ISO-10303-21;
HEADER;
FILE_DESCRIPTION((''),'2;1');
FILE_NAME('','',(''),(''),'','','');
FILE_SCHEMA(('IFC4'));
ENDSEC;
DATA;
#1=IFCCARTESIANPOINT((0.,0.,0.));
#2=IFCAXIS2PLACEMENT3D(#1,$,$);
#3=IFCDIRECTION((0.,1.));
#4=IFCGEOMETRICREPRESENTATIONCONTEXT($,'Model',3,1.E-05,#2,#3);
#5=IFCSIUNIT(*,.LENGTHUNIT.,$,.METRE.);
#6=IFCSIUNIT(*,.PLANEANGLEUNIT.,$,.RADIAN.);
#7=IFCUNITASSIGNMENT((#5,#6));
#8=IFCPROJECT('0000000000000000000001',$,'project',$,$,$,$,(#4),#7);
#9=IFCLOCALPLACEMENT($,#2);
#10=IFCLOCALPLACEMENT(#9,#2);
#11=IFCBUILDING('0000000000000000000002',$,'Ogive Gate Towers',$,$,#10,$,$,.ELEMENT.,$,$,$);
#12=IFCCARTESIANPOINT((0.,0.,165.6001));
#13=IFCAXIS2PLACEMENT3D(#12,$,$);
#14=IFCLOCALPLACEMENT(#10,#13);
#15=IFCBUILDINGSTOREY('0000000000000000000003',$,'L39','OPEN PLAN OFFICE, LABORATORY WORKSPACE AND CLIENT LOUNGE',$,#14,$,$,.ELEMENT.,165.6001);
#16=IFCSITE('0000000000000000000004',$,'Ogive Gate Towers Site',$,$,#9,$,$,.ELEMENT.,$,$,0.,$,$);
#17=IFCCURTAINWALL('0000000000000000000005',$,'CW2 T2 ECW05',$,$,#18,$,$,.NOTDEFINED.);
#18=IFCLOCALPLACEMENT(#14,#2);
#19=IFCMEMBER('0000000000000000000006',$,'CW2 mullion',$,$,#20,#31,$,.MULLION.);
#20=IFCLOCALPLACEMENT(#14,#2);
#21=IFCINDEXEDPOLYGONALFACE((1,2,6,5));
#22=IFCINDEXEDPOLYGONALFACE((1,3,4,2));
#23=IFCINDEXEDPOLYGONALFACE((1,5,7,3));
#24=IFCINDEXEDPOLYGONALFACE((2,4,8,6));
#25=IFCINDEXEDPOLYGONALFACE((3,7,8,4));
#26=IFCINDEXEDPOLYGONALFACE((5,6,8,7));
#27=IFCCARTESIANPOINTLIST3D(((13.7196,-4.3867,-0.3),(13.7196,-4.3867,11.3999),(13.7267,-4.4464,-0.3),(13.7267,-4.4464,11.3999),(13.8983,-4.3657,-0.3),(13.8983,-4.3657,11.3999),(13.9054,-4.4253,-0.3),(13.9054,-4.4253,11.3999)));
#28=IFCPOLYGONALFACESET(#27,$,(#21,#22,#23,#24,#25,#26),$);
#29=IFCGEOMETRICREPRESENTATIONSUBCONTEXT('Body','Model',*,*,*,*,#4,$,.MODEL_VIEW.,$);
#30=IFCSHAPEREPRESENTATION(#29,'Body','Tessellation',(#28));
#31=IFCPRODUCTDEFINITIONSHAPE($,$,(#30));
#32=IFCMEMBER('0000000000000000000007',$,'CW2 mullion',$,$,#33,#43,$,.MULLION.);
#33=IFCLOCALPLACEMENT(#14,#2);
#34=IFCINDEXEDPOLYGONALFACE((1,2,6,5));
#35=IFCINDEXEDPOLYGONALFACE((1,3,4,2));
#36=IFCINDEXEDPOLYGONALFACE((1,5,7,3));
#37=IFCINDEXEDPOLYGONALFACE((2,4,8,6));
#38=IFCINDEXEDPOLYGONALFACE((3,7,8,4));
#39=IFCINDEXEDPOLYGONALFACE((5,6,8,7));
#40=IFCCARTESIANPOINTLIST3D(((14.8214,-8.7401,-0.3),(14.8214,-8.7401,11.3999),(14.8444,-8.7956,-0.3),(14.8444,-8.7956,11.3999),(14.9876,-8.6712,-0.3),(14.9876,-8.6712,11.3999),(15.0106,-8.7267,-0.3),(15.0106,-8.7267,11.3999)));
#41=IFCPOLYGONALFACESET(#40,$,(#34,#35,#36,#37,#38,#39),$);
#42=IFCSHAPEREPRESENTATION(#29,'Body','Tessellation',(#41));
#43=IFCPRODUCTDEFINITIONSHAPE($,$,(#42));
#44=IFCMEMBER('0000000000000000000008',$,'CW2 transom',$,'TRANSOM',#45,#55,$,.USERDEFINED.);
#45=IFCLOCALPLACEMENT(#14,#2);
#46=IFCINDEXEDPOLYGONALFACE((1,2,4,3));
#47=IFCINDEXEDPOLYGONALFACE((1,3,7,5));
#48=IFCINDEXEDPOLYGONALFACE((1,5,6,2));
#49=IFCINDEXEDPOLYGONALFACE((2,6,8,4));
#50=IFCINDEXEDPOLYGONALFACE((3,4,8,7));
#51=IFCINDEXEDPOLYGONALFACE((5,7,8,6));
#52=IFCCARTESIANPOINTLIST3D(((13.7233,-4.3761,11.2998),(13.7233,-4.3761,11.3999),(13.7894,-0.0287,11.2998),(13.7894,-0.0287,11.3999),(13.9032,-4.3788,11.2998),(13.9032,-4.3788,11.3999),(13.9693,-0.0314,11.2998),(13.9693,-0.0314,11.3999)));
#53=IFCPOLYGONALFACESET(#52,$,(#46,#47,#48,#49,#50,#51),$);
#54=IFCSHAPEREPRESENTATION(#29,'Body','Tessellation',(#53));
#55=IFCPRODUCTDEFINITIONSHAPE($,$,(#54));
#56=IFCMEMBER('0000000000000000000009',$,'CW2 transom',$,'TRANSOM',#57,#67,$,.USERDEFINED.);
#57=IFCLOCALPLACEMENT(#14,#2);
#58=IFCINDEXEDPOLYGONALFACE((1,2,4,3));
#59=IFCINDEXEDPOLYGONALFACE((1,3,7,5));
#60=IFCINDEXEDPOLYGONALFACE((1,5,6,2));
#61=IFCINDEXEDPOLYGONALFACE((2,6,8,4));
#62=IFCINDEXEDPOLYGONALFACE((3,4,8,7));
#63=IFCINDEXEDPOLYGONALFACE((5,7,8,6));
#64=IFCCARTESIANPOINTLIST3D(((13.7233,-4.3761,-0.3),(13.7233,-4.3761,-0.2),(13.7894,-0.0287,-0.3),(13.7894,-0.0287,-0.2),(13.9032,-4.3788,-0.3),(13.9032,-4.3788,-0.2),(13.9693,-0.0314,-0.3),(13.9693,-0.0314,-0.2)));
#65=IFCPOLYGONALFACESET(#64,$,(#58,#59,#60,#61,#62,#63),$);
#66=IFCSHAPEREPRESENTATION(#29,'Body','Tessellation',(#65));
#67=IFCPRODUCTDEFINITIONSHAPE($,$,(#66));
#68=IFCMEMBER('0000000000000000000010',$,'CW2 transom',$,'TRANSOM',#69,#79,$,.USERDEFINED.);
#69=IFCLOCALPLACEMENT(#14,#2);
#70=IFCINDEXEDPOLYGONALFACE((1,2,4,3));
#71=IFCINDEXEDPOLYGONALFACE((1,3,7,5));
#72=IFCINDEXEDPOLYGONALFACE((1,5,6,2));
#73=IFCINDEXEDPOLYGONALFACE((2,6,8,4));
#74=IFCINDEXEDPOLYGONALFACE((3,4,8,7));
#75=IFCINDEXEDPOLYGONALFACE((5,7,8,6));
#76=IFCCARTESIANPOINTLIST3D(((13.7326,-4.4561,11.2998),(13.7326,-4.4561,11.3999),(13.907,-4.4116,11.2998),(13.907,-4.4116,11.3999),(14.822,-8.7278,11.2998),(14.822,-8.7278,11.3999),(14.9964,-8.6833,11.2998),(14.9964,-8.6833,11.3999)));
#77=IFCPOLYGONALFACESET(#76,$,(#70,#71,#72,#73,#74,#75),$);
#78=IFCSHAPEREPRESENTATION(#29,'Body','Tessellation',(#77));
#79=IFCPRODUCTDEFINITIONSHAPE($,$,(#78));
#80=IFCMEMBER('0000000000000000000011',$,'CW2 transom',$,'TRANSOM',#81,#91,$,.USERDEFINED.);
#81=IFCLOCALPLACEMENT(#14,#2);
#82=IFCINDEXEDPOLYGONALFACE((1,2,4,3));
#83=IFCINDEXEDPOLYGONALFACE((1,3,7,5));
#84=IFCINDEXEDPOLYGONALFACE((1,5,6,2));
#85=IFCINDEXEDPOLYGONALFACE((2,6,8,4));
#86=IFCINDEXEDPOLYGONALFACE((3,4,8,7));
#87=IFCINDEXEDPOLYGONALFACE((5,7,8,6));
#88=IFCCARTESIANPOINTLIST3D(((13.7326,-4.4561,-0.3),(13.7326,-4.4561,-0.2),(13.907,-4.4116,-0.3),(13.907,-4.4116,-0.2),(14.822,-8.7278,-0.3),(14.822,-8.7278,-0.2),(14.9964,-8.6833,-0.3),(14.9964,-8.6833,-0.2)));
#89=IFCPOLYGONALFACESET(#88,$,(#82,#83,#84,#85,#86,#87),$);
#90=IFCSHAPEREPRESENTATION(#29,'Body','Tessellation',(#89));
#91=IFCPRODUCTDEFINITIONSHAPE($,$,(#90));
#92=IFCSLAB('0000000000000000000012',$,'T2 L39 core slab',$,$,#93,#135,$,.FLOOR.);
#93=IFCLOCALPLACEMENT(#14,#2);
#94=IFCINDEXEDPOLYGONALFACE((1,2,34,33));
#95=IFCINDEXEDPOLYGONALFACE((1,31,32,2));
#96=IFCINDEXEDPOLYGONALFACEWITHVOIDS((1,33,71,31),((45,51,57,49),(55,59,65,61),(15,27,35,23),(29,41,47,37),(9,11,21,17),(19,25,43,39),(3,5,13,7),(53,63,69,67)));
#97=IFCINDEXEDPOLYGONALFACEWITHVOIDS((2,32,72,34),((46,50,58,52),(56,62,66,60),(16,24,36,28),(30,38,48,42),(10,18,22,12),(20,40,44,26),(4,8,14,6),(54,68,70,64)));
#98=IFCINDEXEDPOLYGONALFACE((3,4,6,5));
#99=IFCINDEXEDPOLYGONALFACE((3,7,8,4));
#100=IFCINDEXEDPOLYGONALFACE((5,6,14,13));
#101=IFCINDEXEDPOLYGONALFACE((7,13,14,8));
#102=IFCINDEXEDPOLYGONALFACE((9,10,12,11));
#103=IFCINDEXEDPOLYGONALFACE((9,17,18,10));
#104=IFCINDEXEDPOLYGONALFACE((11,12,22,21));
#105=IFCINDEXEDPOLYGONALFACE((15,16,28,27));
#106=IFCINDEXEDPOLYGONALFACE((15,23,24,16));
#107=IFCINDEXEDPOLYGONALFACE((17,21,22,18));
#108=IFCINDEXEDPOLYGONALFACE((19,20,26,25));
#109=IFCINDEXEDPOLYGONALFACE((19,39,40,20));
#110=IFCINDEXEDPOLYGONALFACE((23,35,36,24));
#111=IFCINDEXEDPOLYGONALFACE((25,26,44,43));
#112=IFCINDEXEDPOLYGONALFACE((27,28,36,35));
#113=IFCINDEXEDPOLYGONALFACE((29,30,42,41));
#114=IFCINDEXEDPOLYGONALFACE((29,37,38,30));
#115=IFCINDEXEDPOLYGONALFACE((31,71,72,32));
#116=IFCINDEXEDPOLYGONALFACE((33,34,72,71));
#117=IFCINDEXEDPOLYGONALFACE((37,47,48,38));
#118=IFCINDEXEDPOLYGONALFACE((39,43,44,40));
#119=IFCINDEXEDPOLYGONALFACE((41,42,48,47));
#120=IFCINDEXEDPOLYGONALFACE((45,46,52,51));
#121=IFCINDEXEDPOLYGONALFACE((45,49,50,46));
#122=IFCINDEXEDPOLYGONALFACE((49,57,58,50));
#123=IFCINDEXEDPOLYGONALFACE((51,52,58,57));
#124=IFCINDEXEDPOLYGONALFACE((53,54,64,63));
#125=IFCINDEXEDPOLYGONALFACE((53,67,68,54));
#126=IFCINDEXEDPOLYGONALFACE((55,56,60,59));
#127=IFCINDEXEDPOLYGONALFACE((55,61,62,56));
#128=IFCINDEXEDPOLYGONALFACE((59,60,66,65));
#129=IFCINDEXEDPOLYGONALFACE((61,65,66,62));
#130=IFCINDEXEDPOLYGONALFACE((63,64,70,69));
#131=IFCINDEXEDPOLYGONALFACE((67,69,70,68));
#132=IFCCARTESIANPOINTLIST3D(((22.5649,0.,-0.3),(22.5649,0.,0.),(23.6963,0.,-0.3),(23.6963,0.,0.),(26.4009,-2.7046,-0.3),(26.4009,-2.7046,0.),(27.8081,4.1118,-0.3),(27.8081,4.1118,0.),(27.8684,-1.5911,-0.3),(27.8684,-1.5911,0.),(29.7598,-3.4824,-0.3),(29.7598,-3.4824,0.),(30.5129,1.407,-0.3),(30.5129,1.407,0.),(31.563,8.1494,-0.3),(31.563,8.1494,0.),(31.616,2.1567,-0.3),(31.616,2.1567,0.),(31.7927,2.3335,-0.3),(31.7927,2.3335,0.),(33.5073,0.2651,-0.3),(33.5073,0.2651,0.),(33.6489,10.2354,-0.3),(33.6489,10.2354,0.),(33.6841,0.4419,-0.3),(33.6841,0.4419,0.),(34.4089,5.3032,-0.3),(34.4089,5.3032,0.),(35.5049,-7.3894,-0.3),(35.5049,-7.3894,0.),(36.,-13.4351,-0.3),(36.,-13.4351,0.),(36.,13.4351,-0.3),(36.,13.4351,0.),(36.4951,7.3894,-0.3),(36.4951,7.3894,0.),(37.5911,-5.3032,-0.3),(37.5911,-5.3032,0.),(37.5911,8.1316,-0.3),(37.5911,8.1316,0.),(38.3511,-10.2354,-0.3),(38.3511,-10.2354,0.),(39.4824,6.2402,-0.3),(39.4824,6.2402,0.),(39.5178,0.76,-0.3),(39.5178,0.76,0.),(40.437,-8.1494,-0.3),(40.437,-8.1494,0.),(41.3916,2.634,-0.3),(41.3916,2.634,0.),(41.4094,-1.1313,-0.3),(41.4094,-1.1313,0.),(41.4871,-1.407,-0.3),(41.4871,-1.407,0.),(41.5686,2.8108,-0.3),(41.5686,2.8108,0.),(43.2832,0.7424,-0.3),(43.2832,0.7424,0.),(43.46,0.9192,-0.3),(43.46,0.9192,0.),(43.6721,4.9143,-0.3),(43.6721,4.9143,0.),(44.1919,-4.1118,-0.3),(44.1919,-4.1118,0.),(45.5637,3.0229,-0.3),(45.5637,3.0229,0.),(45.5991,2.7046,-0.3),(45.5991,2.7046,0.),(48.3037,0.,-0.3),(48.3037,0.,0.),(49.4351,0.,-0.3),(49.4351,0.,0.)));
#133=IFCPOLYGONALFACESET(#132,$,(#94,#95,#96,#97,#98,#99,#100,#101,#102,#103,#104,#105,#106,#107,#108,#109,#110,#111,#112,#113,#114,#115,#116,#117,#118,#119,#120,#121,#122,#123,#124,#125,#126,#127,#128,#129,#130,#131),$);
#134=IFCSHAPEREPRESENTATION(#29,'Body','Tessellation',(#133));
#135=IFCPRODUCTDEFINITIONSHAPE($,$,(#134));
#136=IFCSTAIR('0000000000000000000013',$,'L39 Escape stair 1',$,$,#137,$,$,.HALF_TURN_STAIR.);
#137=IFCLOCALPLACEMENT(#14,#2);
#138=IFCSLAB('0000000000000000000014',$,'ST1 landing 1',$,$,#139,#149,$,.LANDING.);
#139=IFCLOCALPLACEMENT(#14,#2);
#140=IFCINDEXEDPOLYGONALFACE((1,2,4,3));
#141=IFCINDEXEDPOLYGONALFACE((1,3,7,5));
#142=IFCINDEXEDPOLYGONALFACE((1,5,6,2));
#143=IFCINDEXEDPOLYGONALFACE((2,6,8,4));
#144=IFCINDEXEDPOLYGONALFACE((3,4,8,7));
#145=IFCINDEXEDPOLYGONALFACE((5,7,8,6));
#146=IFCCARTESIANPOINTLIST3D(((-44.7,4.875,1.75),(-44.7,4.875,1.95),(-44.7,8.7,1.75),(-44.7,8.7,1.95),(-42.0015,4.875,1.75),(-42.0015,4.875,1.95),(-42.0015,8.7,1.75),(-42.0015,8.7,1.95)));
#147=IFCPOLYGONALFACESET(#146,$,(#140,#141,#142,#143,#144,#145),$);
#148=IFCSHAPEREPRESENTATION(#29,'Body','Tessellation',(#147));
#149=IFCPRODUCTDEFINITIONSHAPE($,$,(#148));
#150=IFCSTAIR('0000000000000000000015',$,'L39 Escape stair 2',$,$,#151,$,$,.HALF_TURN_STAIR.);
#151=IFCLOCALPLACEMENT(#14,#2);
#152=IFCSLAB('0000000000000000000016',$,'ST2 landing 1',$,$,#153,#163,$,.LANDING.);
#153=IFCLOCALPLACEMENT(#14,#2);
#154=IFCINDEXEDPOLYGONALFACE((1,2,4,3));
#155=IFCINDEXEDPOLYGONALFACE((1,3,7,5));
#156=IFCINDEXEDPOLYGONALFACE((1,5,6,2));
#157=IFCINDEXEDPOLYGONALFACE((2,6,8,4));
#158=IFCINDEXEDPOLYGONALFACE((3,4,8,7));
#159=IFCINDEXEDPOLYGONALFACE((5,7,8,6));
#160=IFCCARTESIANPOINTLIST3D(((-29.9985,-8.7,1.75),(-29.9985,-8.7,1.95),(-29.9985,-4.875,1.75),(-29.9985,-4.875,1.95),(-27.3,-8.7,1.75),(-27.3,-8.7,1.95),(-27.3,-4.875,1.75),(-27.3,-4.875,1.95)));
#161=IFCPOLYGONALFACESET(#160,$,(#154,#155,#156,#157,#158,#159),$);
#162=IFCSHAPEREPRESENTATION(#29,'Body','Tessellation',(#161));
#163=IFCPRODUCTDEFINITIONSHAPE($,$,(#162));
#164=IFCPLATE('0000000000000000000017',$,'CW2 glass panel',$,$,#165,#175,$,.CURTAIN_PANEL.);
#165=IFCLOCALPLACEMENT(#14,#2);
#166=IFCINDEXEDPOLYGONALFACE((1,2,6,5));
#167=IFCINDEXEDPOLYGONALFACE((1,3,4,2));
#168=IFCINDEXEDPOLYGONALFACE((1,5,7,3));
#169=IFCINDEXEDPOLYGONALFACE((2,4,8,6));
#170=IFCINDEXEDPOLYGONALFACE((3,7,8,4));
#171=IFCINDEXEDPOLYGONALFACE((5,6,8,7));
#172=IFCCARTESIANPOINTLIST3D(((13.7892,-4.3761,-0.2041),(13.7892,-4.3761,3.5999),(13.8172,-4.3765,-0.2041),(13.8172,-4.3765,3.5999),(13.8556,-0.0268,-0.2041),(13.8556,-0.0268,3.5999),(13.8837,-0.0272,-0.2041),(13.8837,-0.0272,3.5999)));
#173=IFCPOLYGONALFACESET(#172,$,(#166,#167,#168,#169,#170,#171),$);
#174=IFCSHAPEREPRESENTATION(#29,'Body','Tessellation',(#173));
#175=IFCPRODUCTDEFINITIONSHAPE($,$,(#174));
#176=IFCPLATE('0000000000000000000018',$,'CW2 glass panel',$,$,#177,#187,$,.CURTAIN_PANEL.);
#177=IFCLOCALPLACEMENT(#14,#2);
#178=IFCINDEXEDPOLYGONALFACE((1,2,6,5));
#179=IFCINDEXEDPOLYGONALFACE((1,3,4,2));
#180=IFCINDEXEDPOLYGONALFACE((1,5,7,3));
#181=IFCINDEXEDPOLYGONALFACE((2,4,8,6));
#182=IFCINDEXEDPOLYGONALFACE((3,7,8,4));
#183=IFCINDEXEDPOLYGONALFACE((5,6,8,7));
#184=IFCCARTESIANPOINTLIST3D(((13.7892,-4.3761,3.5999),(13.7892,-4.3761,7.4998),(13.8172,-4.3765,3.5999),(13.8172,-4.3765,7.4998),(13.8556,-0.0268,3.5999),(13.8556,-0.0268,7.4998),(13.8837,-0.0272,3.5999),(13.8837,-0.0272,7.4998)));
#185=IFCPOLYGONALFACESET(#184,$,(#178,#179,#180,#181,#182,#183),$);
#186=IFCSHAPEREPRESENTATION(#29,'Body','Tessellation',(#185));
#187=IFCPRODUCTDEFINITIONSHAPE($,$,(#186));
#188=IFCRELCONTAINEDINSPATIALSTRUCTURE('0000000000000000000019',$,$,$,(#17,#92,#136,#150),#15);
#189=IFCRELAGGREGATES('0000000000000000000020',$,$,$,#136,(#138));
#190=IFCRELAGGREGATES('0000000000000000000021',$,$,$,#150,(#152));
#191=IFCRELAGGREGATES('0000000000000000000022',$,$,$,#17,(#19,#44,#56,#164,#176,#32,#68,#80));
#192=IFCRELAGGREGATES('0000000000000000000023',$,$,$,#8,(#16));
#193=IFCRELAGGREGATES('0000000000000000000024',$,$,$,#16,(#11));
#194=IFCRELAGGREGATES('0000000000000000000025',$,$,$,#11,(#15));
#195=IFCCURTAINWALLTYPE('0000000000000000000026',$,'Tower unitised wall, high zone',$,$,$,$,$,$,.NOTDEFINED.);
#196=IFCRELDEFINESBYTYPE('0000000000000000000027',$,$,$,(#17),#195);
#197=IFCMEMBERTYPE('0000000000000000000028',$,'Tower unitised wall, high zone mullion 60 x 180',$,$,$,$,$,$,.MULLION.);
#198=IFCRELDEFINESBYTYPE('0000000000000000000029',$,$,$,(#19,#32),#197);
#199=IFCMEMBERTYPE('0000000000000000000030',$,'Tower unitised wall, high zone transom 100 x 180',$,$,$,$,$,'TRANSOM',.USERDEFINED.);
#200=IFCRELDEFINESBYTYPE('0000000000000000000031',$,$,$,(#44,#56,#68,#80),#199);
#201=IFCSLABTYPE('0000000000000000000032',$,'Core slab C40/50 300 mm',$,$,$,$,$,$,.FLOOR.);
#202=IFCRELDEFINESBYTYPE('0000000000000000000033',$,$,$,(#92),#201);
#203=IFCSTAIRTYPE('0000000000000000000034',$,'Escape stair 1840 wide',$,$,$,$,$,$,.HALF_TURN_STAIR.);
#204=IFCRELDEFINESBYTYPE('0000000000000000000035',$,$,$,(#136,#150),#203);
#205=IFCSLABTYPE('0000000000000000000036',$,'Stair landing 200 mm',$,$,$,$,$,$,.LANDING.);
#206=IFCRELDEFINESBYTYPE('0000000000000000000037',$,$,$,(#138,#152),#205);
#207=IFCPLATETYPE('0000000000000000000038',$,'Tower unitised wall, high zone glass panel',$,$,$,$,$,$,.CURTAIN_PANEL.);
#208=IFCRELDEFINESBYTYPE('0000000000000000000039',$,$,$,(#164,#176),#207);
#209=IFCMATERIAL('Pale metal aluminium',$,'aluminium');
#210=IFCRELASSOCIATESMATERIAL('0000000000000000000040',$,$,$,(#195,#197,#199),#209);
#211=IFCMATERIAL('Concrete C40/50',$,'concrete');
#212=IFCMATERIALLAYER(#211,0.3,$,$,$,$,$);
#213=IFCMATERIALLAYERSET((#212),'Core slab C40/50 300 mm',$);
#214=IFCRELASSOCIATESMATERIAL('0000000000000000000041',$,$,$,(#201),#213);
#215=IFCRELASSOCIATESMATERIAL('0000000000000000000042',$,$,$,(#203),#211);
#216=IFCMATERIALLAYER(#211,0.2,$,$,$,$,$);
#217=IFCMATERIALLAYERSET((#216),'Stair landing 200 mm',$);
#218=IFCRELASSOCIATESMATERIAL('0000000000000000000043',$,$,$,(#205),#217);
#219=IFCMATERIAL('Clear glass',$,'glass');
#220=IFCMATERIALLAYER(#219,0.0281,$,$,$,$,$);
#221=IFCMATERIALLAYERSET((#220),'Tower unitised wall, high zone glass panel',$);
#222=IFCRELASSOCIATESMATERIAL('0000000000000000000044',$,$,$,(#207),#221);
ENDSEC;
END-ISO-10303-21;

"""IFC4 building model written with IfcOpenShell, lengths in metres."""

from ifc_helpers import new_model, si_unit, direction, frame, origin, origin_2d, place, context, subcontext, project, spatial, polyline, rectangle, outline, extrude, material, layer, layer_set, material_profile, profile_set, type_object, element, aggregate, save


model = new_model("IFC4")

# Units and contexts
model_context = context("Model", 3, precision=1e-05, world=origin(), true_north=direction((0.0, 1.0)))
body_context = subcontext(model_context, "Body", "Model", "MODEL_VIEW")
ifc_project = project(units=[si_unit("LENGTHUNIT", "METRE"), si_unit("PLANEANGLEUNIT", "RADIAN")], contexts=[model_context])

# Site, building, storey
site_placement = place(None, origin())
site = spatial("IfcSite", under=ifc_project, at=site_placement, Name="Ogive Gate Towers Site", CompositionType="ELEMENT", RefElevation=0.0)
building_placement = place(site_placement, origin())
building = spatial("IfcBuilding", under=site, at=building_placement, Name="Ogive Gate Towers", CompositionType="ELEMENT")
storey_placement = place(building_placement, frame((0.0, 0.0, 165.6001)))
storey = spatial("IfcBuildingStorey", under=building, at=storey_placement, Name="L39", Description="OPEN PLAN OFFICE, LABORATORY WORKSPACE AND CLIENT LOUNGE", CompositionType="ELEMENT", Elevation=165.6001)

# Curtain wall, members
ifc_material_1 = material(Name="Pale metal aluminium", Category="aluminium")
curtain_wall_type = type_object("IfcCurtainWallType", Name="Tower unitised wall, high zone", PredefinedType="NOTDEFINED", material=ifc_material_1)
curtain_wall_placement = place(storey_placement, origin())
curtain_wall = element("IfcCurtainWall", 1, at=curtain_wall_placement, inside=storey, type_object=curtain_wall_type, Name="CW2 T2 ECW05", PredefinedType="NOTDEFINED")
ifc_material_profile_1 = material_profile(ifc_material_1, rectangle(XDim=0.1799, YDim=0.0601, at=origin_2d()), Name="60 x 180 aluminium box")
ifc_profile_set_1 = profile_set([ifc_material_profile_1], Name="Pale metal aluminium")
member_type_1 = type_object("IfcMemberType", Name="Tower unitised wall, high zone mullion 60 x 180", PredefinedType="MULLION", material=ifc_profile_set_1)
member_1_placement = place(storey_placement, frame((13.8125, -4.406, -0.3), z_axis=(0.0, 0.0, 1.0), x_axis=(-0.993138, -0.116948, 0.0)))
member_1 = element("IfcMember", 2, at=member_1_placement, type_object=member_type_1, Name="CW2 mullion", PredefinedType="MULLION", context=body_context, shape_type="SweptSolid", body=[
    extrude(rectangle(XDim=0.1799, YDim=0.0601, at=origin_2d()), origin(), (0.0, 0.0, 1.0), 11.7),
])
member_2_placement = place(storey_placement, frame((14.916, -8.7334, -0.3), z_axis=(0.0, 0.0, 1.0), x_axis=(-0.92388, -0.382683, 0.0)))
member_2 = element("IfcMember", 3, at=member_2_placement, type_object=member_type_1, Name="CW2 mullion", PredefinedType="MULLION", context=body_context, shape_type="SweptSolid", body=[
    extrude(rectangle(XDim=0.1799, YDim=0.0601, at=origin_2d()), origin(), (0.0, 0.0, 1.0), 11.7),
])
ifc_material_profile_2 = material_profile(ifc_material_1, rectangle(XDim=0.1799, YDim=0.1001, at=origin_2d()), Name="100 x 180 aluminium box")
ifc_profile_set_2 = profile_set([ifc_material_profile_2], Name="Pale metal aluminium")
member_type_2 = type_object("IfcMemberType", Name="Tower unitised wall, high zone transom 100 x 180", ElementType="TRANSOM", PredefinedType="USERDEFINED", material=ifc_profile_set_2)
member_3_placement = place(storey_placement, frame((13.8794, -0.03, 11.3499), z_axis=(-0.015217, -0.999884, 0.0), x_axis=(0.999884, -0.015217, 0.0)))
member_3 = element("IfcMember", 4, at=member_3_placement, type_object=member_type_2, Name="CW2 transom", ObjectType="TRANSOM", PredefinedType="USERDEFINED", context=body_context, shape_type="SweptSolid", body=[
    extrude(rectangle(XDim=0.1799, YDim=0.1001, at=origin_2d()), origin(), (0.0, 0.0, 1.0), 4.3479),
])
member_4_placement = place(storey_placement, frame((13.8794, -0.03, -0.25), z_axis=(-0.015217, -0.999884, 0.0), x_axis=(0.999884, -0.015217, 0.0)))
member_4 = element("IfcMember", 5, at=member_4_placement, type_object=member_type_2, Name="CW2 transom", ObjectType="TRANSOM", PredefinedType="USERDEFINED", context=body_context, shape_type="SweptSolid", body=[
    extrude(rectangle(XDim=0.1799, YDim=0.1001, at=origin_2d()), origin(), (0.0, 0.0, 1.0), 4.3479),
])
member_5_placement = place(storey_placement, frame((13.8198, -4.4338, 11.3499), z_axis=(0.247107, -0.968988, 0.0), x_axis=(0.968988, 0.247107, 0.0)))
member_5 = element("IfcMember", 6, at=member_5_placement, type_object=member_type_2, Name="CW2 transom", ObjectType="TRANSOM", PredefinedType="USERDEFINED", context=body_context, shape_type="SweptSolid", body=[
    extrude(rectangle(XDim=0.1799, YDim=0.1001, at=origin_2d()), origin(), (0.0, 0.0, 1.0), 4.4084),
])
member_6_placement = place(storey_placement, frame((13.8198, -4.4338, -0.25), z_axis=(0.247107, -0.968988, 0.0), x_axis=(0.968988, 0.247107, 0.0)))
member_6 = element("IfcMember", 7, at=member_6_placement, type_object=member_type_2, Name="CW2 transom", ObjectType="TRANSOM", PredefinedType="USERDEFINED", context=body_context, shape_type="SweptSolid", body=[
    extrude(rectangle(XDim=0.1799, YDim=0.1001, at=origin_2d()), origin(), (0.0, 0.0, 1.0), 4.4084),
])

# Slab
ifc_material_2 = material(Name="Concrete C40/50", Category="concrete")
ifc_layer_1 = layer(ifc_material_2, 0.3)
ifc_layer_set_1 = layer_set([ifc_layer_1], Name="Core slab C40/50 300 mm")
slab_type_1 = type_object("IfcSlabType", Name="Core slab C40/50 300 mm", PredefinedType="FLOOR", material=ifc_layer_set_1)
slab_1_placement = place(storey_placement, frame((0.0, 0.0, -0.3)))
element("IfcSlab", 8, at=slab_1_placement, inside=storey, type_object=slab_type_1, Name="T2 L39 core slab", PredefinedType="FLOOR", context=body_context, shape_type="SweptSolid", body=[
    extrude(outline(polyline([(36.0, -13.4351), (22.5649, 0.0), (36.0, 13.4351), (49.4351, 0.0), (36.0, -13.4351)]), holes=[polyline([(29.7598, -3.4824), (33.5073, 0.2651), (31.616, 2.1567), (27.8684, -1.5911), (29.7598, -3.4824)]), polyline([(31.7927, 2.3335), (33.6841, 0.4419), (39.4824, 6.2402), (37.5911, 8.1316), (31.7927, 2.3335)]), polyline([(41.3916, 2.634), (39.5178, 0.76), (41.4094, -1.1313), (43.2832, 0.7424), (41.3916, 2.634)]), polyline([(45.5637, 3.0229), (43.6721, 4.9143), (41.5686, 2.8108), (43.46, 0.9192), (45.5637, 3.0229)]), polyline([(34.4089, 5.3032), (36.4951, 7.3894), (33.6489, 10.2354), (31.563, 8.1494), (34.4089, 5.3032)]), polyline([(35.5049, -7.3894), (38.3511, -10.2354), (40.437, -8.1494), (37.5911, -5.3032), (35.5049, -7.3894)]), polyline([(26.4009, -2.7046), (30.5129, 1.407), (27.8081, 4.1118), (23.6963, 0.0), (26.4009, -2.7046)]), polyline([(48.3037, 0.0), (45.5991, 2.7046), (41.4871, -1.407), (44.1919, -4.1118), (48.3037, 0.0)])]), origin(), (0.0, 0.0, 1.0), 0.3),
])

# Stairs, slabs
stair_type = type_object("IfcStairType", Name="Escape stair 1840 wide", PredefinedType="HALF_TURN_STAIR", material=ifc_material_2)
stair_1_placement = place(storey_placement, origin())
stair_1 = element("IfcStair", 9, at=stair_1_placement, inside=storey, type_object=stair_type, Name="L39 Escape stair 1", PredefinedType="HALF_TURN_STAIR")
ifc_layer_2 = layer(ifc_material_2, 0.2)
ifc_layer_set_2 = layer_set([ifc_layer_2], Name="Stair landing 200 mm")
slab_type_2 = type_object("IfcSlabType", Name="Stair landing 200 mm", PredefinedType="LANDING", material=ifc_layer_set_2)
slab_2_placement = place(storey_placement, frame((0.0, 0.0, 1.75)))
slab_2 = element("IfcSlab", 10, at=slab_2_placement, type_object=slab_type_2, Name="ST1 landing 1", PredefinedType="LANDING", context=body_context, shape_type="SweptSolid", body=[
    extrude(outline(polyline([(-42.0015, 8.7), (-44.7, 8.7), (-44.7, 4.875), (-42.0015, 4.875), (-42.0015, 8.7)])), origin(), (0.0, 0.0, 1.0), 0.2),
])
aggregate(stair_1, [slab_2])
stair_2_placement = place(storey_placement, origin())
stair_2 = element("IfcStair", 11, at=stair_2_placement, inside=storey, type_object=stair_type, Name="L39 Escape stair 2", PredefinedType="HALF_TURN_STAIR")
slab_3_placement = place(storey_placement, frame((0.0, 0.0, 1.75)))
slab_3 = element("IfcSlab", 12, at=slab_3_placement, type_object=slab_type_2, Name="ST2 landing 1", PredefinedType="LANDING", context=body_context, shape_type="SweptSolid", body=[
    extrude(outline(polyline([(-29.9985, -8.7), (-27.3, -8.7), (-27.3, -4.875), (-29.9985, -4.875), (-29.9985, -8.7)])), origin(), (0.0, 0.0, 1.0), 0.2),
])
aggregate(stair_2, [slab_3])

# Plates
ifc_material_3 = material(Name="Clear glass", Category="glass")
ifc_layer_3 = layer(ifc_material_3, 0.0281)
ifc_layer_set_3 = layer_set([ifc_layer_3], Name="Tower unitised wall, high zone glass panel")
plate_type = type_object("IfcPlateType", Name="Tower unitised wall, high zone glass panel", PredefinedType="CURTAIN_PANEL", material=ifc_layer_set_3)
plate_1_placement = place(storey_placement, frame((13.8364, -2.2017, -0.2041), z_axis=(0.0, 0.0, 1.0), x_axis=(-0.015271, -0.999883, 0.0)))
plate_1 = element("IfcPlate", 13, at=plate_1_placement, type_object=plate_type, Name="CW2 glass panel", PredefinedType="CURTAIN_PANEL", context=body_context, shape_type="SweptSolid", body=[
    extrude(rectangle(XDim=4.3499, YDim=0.0281, at=origin_2d()), origin(), (0.0, 0.0, 1.0), 3.804),
])
plate_2_placement = place(storey_placement, frame((13.8364, -2.2017, 3.5999), z_axis=(0.0, 0.0, 1.0), x_axis=(-0.015271, -0.999883, 0.0)))
plate_2 = element("IfcPlate", 14, at=plate_2_placement, type_object=plate_type, Name="CW2 glass panel", PredefinedType="CURTAIN_PANEL", context=body_context, shape_type="SweptSolid", body=[
    extrude(rectangle(XDim=4.3499, YDim=0.0281, at=origin_2d()), origin(), (0.0, 0.0, 1.0), 3.8999),
])
aggregate(curtain_wall, [member_1, member_3, member_4, plate_1, plate_2, member_2, member_5, member_6])

save(model, "model.ifc")
